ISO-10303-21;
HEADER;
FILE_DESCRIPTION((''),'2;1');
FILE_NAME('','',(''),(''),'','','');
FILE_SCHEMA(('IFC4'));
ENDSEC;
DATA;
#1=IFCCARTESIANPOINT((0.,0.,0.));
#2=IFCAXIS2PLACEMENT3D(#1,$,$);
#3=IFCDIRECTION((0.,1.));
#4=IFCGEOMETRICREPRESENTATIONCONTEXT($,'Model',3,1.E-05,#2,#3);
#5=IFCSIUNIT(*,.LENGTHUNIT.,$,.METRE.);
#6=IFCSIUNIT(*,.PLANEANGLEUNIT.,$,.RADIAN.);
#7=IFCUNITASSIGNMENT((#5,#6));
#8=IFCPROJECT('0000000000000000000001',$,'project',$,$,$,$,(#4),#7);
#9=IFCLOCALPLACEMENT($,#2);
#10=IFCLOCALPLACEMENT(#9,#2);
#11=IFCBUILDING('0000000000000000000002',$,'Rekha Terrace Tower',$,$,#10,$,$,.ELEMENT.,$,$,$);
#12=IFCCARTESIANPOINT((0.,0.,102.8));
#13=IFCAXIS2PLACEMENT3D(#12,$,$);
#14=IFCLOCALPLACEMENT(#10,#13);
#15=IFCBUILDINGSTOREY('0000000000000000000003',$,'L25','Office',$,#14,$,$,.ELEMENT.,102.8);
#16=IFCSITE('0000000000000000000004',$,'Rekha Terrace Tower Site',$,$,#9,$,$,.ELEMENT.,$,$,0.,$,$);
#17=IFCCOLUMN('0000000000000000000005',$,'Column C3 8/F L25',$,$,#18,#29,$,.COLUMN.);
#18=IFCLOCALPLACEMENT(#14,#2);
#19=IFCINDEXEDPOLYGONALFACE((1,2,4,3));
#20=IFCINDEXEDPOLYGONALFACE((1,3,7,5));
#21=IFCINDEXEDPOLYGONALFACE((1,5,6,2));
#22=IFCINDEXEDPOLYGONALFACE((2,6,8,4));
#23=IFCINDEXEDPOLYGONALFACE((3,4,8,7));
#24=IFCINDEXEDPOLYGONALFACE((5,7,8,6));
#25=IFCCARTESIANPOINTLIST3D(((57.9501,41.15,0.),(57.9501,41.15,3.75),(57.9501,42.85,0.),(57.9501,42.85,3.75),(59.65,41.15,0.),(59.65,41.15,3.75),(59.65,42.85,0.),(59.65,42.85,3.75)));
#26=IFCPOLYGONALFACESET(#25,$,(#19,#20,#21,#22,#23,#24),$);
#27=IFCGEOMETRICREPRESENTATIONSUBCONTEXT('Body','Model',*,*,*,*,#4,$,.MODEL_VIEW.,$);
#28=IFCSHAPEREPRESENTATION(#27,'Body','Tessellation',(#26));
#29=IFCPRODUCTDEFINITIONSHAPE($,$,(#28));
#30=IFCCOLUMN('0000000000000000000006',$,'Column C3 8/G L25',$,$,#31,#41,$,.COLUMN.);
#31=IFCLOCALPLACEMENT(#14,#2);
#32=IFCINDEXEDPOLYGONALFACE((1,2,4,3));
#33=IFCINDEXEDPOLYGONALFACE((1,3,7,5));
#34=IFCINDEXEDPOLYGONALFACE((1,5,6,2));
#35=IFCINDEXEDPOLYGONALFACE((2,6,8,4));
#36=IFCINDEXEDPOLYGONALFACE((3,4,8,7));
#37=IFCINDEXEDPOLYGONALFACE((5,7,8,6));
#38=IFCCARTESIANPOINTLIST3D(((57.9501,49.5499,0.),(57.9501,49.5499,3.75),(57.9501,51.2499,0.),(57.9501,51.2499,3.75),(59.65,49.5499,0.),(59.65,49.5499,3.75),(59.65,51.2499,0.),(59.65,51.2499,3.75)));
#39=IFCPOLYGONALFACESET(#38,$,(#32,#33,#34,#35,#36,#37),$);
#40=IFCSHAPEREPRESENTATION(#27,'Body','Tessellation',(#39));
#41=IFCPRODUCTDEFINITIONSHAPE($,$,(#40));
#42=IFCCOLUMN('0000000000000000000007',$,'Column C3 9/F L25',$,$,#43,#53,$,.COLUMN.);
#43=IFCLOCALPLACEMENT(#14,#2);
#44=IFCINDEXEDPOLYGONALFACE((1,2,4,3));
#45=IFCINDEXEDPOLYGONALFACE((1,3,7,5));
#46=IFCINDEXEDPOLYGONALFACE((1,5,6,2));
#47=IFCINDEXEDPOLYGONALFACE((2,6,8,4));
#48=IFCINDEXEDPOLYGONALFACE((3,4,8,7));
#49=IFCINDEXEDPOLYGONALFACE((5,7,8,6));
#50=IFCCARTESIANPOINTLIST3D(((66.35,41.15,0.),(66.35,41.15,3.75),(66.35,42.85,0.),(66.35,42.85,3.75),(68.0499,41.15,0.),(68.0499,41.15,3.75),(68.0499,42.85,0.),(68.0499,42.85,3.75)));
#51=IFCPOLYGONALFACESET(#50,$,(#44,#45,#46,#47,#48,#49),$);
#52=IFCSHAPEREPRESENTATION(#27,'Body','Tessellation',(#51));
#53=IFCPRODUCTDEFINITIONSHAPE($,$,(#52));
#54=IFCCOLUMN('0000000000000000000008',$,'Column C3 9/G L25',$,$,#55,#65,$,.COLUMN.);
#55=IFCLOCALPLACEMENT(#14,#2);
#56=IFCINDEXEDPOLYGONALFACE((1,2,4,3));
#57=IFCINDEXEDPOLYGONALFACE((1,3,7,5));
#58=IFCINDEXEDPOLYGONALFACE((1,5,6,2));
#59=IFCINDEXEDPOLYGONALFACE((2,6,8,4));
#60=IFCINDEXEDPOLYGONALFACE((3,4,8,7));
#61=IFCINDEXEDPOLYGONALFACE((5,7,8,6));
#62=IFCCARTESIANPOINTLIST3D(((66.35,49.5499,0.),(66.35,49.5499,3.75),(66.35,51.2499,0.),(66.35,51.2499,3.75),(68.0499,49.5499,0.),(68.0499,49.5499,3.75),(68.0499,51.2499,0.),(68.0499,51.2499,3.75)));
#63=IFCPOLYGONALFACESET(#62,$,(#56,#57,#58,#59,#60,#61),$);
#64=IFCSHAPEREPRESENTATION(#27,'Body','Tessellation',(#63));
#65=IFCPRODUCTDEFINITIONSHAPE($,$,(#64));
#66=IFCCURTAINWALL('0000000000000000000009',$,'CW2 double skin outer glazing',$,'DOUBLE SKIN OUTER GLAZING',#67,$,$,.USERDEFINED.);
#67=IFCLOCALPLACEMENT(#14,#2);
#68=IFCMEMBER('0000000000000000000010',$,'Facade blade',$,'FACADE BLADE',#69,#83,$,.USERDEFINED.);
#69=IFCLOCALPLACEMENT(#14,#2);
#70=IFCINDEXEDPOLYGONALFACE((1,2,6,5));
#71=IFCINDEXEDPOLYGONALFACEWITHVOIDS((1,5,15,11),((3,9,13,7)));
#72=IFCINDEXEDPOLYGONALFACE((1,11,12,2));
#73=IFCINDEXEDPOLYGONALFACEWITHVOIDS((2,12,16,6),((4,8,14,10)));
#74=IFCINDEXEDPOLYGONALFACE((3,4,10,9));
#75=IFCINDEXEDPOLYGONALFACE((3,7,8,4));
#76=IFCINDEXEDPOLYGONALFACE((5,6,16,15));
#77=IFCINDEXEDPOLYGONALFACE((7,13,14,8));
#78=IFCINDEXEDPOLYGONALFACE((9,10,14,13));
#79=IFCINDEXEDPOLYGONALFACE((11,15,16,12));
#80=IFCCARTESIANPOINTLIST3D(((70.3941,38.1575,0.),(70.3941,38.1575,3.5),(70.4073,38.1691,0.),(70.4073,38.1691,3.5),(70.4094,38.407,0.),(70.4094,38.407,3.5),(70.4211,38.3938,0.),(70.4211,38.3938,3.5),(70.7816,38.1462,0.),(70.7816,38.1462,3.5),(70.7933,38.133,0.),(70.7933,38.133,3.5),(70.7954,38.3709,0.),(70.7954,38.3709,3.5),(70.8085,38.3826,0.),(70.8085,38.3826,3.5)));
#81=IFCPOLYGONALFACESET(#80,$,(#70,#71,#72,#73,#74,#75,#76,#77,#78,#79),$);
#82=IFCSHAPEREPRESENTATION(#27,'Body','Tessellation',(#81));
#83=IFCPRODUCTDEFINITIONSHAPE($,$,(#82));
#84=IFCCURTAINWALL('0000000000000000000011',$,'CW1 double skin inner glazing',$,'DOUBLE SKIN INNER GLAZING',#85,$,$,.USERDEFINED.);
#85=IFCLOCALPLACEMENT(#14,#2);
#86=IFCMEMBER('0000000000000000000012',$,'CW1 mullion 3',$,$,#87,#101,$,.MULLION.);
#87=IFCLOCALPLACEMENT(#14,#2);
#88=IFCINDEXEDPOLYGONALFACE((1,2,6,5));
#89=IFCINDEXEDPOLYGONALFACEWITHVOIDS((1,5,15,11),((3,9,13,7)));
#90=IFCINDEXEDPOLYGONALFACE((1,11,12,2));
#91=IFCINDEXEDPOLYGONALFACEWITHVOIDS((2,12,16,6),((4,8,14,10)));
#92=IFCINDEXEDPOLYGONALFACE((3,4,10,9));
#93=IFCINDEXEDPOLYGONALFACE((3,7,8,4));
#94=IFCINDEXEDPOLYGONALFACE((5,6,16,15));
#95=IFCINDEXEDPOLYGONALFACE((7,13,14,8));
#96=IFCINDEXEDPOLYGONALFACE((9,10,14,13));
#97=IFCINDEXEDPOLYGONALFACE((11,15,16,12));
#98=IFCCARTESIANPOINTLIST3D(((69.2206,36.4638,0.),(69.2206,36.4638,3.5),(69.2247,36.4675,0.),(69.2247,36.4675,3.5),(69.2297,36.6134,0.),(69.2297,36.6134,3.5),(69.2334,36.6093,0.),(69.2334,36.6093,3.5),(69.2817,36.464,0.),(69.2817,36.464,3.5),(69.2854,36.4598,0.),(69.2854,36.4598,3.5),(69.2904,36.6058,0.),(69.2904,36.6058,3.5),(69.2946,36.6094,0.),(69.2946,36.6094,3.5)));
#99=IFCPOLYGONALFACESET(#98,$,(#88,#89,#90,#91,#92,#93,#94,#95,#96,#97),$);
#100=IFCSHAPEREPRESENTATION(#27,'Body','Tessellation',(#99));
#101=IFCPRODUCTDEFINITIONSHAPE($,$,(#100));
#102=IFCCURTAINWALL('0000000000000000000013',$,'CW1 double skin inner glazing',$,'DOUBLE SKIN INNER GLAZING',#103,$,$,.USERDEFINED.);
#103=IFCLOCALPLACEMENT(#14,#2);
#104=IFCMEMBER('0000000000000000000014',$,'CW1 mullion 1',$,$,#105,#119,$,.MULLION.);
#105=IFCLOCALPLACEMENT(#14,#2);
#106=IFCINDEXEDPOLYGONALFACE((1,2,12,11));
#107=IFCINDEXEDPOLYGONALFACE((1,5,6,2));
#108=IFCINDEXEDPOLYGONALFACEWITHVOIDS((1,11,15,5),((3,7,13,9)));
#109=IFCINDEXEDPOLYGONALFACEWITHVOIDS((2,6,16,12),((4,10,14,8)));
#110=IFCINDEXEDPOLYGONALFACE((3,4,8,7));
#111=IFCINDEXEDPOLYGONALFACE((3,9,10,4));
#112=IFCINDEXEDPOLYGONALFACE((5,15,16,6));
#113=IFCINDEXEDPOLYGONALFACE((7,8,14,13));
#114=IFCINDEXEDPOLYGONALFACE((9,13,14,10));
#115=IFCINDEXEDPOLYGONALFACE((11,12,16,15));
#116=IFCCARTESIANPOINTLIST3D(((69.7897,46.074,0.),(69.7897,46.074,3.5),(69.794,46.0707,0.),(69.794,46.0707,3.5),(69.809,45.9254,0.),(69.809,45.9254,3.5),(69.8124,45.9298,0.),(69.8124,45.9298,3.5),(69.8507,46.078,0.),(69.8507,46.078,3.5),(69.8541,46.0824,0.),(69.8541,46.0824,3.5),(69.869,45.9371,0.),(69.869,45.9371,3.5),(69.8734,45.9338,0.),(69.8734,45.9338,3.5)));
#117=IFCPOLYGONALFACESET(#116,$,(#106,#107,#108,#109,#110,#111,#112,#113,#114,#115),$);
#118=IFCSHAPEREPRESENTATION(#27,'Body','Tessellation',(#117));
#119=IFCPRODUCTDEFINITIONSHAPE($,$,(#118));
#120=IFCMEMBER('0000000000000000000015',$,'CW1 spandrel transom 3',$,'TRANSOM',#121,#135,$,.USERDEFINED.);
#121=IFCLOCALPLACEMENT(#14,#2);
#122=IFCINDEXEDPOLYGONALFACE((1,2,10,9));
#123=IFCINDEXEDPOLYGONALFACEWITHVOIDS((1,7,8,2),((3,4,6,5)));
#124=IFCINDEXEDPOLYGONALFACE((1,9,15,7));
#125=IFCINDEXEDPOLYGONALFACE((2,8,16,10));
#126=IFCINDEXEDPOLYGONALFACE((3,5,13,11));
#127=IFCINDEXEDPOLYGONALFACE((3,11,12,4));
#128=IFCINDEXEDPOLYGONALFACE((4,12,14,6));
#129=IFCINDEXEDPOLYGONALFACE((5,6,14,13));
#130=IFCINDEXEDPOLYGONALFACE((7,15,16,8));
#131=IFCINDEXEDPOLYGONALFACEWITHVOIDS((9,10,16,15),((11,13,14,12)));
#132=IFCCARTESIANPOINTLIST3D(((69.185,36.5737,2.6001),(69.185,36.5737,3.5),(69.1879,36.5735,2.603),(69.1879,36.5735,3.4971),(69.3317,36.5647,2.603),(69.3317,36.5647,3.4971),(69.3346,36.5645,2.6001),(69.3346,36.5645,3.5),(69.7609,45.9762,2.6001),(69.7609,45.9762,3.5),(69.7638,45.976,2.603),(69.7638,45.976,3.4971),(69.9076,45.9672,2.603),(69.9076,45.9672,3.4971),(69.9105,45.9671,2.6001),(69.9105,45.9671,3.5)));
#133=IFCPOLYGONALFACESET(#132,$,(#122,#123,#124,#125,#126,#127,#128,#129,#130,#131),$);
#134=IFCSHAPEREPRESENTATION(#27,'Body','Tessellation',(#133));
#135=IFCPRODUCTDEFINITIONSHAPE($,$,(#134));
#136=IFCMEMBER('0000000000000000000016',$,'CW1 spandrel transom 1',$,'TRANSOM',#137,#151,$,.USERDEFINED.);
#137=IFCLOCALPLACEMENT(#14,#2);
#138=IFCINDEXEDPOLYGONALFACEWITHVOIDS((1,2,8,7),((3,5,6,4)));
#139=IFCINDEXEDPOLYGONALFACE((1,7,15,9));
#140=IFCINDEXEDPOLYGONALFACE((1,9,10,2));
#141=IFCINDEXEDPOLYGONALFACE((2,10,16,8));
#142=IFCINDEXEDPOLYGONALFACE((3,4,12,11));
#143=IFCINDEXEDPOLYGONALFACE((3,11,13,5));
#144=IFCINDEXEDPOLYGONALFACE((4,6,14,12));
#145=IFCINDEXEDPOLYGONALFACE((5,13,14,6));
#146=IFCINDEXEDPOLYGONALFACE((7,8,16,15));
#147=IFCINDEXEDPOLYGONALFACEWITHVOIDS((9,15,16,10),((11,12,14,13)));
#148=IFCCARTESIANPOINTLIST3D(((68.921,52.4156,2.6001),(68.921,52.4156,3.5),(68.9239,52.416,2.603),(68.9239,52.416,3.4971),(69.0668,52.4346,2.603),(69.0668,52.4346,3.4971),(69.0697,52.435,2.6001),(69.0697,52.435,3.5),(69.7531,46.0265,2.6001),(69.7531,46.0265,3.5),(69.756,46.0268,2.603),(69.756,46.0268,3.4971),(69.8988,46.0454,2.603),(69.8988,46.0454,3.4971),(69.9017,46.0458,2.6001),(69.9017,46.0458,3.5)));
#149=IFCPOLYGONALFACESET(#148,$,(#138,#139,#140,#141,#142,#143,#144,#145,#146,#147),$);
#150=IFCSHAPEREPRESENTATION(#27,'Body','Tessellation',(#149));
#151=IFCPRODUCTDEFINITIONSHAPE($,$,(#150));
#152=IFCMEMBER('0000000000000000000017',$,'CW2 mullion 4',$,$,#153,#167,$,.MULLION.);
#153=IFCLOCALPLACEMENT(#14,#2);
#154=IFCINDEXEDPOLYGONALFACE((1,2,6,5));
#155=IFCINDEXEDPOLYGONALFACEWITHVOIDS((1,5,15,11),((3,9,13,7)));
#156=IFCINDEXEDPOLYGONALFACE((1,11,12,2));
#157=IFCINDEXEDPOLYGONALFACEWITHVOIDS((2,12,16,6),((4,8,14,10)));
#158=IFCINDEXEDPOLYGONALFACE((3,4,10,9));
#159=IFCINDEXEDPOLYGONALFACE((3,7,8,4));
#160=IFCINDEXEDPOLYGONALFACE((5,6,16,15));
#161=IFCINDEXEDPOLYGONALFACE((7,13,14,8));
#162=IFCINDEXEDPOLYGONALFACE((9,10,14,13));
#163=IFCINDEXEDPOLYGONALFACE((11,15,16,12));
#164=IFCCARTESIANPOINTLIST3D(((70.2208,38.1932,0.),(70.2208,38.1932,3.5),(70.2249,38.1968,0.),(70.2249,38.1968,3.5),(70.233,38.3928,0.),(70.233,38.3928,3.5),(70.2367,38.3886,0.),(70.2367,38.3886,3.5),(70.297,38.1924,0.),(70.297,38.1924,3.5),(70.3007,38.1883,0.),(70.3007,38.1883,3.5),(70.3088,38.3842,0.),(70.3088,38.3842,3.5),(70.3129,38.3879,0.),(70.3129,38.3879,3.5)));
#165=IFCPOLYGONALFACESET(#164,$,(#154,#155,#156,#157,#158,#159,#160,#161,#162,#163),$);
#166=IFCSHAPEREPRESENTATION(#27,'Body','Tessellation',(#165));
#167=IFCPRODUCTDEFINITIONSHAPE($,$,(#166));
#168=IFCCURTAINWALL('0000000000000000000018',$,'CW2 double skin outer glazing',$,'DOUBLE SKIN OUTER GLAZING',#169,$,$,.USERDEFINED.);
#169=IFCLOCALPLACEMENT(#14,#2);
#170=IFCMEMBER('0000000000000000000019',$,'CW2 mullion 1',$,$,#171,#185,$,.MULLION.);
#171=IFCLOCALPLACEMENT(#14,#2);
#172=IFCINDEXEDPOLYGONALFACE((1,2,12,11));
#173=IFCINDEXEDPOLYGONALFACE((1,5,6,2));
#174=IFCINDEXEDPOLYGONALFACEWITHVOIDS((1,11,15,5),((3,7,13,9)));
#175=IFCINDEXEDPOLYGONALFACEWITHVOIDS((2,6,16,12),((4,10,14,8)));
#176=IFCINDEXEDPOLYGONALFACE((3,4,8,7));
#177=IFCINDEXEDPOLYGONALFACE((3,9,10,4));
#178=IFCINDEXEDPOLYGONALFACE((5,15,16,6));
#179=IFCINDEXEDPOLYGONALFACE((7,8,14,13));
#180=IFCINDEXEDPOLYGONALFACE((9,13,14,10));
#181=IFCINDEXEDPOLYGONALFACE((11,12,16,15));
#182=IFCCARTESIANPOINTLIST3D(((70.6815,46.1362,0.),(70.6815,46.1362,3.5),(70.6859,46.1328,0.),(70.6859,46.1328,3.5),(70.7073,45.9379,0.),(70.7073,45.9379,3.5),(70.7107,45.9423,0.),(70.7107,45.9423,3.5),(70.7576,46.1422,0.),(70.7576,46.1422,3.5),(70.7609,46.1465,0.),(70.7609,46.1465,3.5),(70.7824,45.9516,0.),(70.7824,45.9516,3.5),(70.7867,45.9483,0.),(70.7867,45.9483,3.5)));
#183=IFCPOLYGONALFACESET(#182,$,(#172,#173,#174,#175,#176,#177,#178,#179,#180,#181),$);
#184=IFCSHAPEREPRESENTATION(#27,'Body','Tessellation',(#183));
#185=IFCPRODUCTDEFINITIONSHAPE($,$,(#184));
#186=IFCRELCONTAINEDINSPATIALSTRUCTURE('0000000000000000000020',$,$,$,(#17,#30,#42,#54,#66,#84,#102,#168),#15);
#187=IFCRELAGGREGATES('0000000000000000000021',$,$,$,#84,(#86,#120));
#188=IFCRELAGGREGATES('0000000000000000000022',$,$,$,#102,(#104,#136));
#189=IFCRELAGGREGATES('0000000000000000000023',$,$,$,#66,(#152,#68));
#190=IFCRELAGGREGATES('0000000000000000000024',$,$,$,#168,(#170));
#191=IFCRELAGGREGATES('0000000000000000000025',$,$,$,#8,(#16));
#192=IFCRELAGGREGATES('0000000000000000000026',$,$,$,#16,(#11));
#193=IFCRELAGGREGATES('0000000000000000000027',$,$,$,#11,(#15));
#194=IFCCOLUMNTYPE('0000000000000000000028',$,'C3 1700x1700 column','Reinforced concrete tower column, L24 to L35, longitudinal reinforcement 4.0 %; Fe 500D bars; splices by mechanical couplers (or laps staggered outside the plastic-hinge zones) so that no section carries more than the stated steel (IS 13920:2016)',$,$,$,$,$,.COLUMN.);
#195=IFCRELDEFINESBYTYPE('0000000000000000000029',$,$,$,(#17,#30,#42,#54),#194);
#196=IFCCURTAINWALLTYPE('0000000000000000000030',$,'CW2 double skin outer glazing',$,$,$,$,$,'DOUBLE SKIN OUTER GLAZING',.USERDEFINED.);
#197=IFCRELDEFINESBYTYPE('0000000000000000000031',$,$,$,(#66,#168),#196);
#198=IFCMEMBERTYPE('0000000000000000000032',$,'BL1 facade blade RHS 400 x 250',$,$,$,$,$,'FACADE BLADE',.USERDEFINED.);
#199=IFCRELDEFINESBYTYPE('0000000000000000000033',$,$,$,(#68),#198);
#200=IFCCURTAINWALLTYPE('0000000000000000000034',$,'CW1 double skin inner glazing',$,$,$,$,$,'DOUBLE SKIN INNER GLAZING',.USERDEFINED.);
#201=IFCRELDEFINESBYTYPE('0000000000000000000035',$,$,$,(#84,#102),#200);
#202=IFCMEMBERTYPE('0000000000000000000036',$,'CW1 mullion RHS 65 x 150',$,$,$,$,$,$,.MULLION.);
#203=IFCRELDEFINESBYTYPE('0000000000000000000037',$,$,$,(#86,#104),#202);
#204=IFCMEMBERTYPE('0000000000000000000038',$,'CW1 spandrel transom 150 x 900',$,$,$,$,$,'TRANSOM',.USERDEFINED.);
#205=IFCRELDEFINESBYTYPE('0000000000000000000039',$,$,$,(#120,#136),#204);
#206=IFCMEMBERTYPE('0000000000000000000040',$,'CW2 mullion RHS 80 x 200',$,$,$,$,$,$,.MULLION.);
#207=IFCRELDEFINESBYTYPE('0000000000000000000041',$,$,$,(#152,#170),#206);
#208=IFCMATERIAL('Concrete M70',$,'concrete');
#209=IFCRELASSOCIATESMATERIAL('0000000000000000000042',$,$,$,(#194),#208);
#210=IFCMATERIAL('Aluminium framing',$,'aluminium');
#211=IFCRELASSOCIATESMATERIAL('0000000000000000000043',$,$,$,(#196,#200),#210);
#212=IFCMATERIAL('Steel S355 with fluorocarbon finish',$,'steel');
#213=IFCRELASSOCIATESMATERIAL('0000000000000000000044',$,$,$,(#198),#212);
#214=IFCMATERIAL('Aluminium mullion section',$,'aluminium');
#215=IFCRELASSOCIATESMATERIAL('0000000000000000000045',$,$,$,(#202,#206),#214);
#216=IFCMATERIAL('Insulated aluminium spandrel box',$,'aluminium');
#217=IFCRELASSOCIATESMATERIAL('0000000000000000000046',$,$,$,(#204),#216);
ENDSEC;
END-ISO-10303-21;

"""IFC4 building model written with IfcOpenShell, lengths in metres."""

from ifc_helpers import new_model, si_unit, direction, frame, origin, origin_2d, place, context, subcontext, project, spatial, rectangle, hollow_rectangle, extrude, material, material_profile, profile_set, type_object, element, aggregate, save


model = new_model("IFC4")

# Units and contexts
model_context = context("Model", 3, precision=1e-05, world=origin(), true_north=direction((0.0, 1.0)))
body_context = subcontext(model_context, "Body", "Model", "MODEL_VIEW")
ifc_project = project(units=[si_unit("LENGTHUNIT", "METRE"), si_unit("PLANEANGLEUNIT", "RADIAN")], contexts=[model_context])

# Site, building, storey
site_placement = place(None, origin())
site = spatial("IfcSite", under=ifc_project, at=site_placement, Name="Rekha Terrace Tower Site", CompositionType="ELEMENT", RefElevation=0.0)
building_placement = place(site_placement, origin())
building = spatial("IfcBuilding", under=site, at=building_placement, Name="Rekha Terrace Tower", CompositionType="ELEMENT")
storey_placement = place(building_placement, frame((0.0, 0.0, 102.8)))
storey = spatial("IfcBuildingStorey", under=building, at=storey_placement, Name="L25", Description="Office", CompositionType="ELEMENT", Elevation=102.8)

# Columns
ifc_material_1 = material(Name="Concrete M70", Category="concrete")
ifc_material_profile_1 = material_profile(ifc_material_1, rectangle(XDim=1.7, YDim=1.7, at=origin_2d()), Name="RC 1700x1700")
ifc_profile_set_1 = profile_set([ifc_material_profile_1], Name="Concrete M70")
column_type = type_object("IfcColumnType", Name="C3 1700x1700 column", Description="Reinforced concrete tower column, L24 to L35, longitudinal reinforcement 4.0 %; Fe 500D bars; splices by mechanical couplers (or laps staggered outside the plastic-hinge zones) so that no section carries more than the stated steel (IS 13920:2016)", PredefinedType="COLUMN", material=ifc_profile_set_1)
for number, where, z_axis, x_axis, name in (
    (1, (58.8, 42.0, 0.0), (0.0, 0.0, 1.0), (1.0, 0.0, 0.0), "Column C3 8/F L25"),
    (2, (58.8, 50.3999, 0.0), (0.0, 0.0, 1.0), (1.0, 0.0, 0.0), "Column C3 8/G L25"),
    (3, (67.2, 42.0, 0.0), (0.0, 0.0, 1.0), (1.0, 0.0, 0.0), "Column C3 9/F L25"),
    (4, (67.2, 50.3999, 0.0), (0.0, 0.0, 1.0), (1.0, 0.0, 0.0), "Column C3 9/G L25"),
):
    element("IfcColumn", number, at=place(storey_placement, frame(where, z_axis=z_axis, x_axis=x_axis)), inside=storey, type_object=column_type, Name=name, PredefinedType="COLUMN", context=body_context, shape_type="SweptSolid", body=[
        extrude(rectangle(XDim=1.7, YDim=1.7, at=origin_2d()), origin(), (0.0, 0.0, 1.0), 3.75),
    ])

# Curtain walls, members
ifc_material_2 = material(Name="Aluminium framing", Category="aluminium")
curtain_wall_type_1 = type_object("IfcCurtainWallType", Name="CW2 double skin outer glazing", ElementType="DOUBLE SKIN OUTER GLAZING", PredefinedType="USERDEFINED", material=ifc_material_2)
curtain_wall_1_placement = place(storey_placement, origin())
curtain_wall_1 = element("IfcCurtainWall", 5, at=curtain_wall_1_placement, inside=storey, type_object=curtain_wall_type_1, Name="CW2 double skin outer glazing", ObjectType="DOUBLE SKIN OUTER GLAZING", PredefinedType="USERDEFINED")
ifc_material_3 = material(Name="Steel S355 with fluorocarbon finish", Category="steel")
ifc_material_profile_2 = material_profile(ifc_material_3, hollow_rectangle(XDim=0.25, YDim=0.3999, WallThickness=0.0125, at=origin_2d()), Name="RHS400x250x12.5")
ifc_profile_set_2 = profile_set([ifc_material_profile_2], Name="Steel S355 with fluorocarbon finish")
member_type_1 = type_object("IfcMemberType", Name="BL1 facade blade RHS 400 x 250", ElementType="FACADE BLADE", PredefinedType="USERDEFINED", material=ifc_profile_set_2)
member_1_placement = place(storey_placement, frame((70.6013, 38.27, 0.0), z_axis=(0.0, 0.0, 1.0), x_axis=(0.06116, 0.998128, 0.0)))
member_1 = element("IfcMember", 6, at=member_1_placement, type_object=member_type_1, Name="Facade blade", ObjectType="FACADE BLADE", PredefinedType="USERDEFINED", context=body_context, shape_type="SweptSolid", body=[
    extrude(hollow_rectangle(XDim=0.25, YDim=0.3999, WallThickness=0.0125, at=origin_2d()), origin(), (0.0, 0.0, 1.0), 3.5),
])
curtain_wall_type_2 = type_object("IfcCurtainWallType", Name="CW1 double skin inner glazing", ElementType="DOUBLE SKIN INNER GLAZING", PredefinedType="USERDEFINED", material=ifc_material_2)
curtain_wall_2_placement = place(storey_placement, origin())
curtain_wall_2 = element("IfcCurtainWall", 7, at=curtain_wall_2_placement, inside=storey, type_object=curtain_wall_type_2, Name="CW1 double skin inner glazing", ObjectType="DOUBLE SKIN INNER GLAZING", PredefinedType="USERDEFINED")
ifc_material_4 = material(Name="Aluminium mullion section", Category="aluminium")
ifc_material_profile_3 = material_profile(ifc_material_4, hollow_rectangle(XDim=0.0649, YDim=0.1499, WallThickness=0.0039, at=origin_2d()), Name="AL RHS 65x150")
ifc_profile_set_3 = profile_set([ifc_material_profile_3], Name="Aluminium mullion section")
member_type_2 = type_object("IfcMemberType", Name="CW1 mullion RHS 65 x 150", PredefinedType="MULLION", material=ifc_profile_set_3)
member_2_placement = place(storey_placement, frame((69.2576, 36.5366, 0.0), z_axis=(0.0, 0.0, 1.0), x_axis=(-0.998128, 0.06116, 0.0)))
member_2 = element("IfcMember", 8, at=member_2_placement, type_object=member_type_2, Name="CW1 mullion 3", PredefinedType="MULLION", context=body_context, shape_type="SweptSolid", body=[
    extrude(hollow_rectangle(XDim=0.0649, YDim=0.1499, WallThickness=0.0039, at=origin_2d()), origin(), (0.0, 0.0, 1.0), 3.5),
])
curtain_wall_3_placement = place(storey_placement, origin())
curtain_wall_3 = element("IfcCurtainWall", 9, at=curtain_wall_3_placement, inside=storey, type_object=curtain_wall_type_2, Name="CW1 double skin inner glazing", ObjectType="DOUBLE SKIN INNER GLAZING", PredefinedType="USERDEFINED")
member_3_placement = place(storey_placement, frame((69.8315, 46.0039, 0.0), z_axis=(0.0, 0.0, 1.0), x_axis=(-0.991629, -0.129118, 0.0)))
member_3 = element("IfcMember", 10, at=member_3_placement, type_object=member_type_2, Name="CW1 mullion 1", PredefinedType="MULLION", context=body_context, shape_type="SweptSolid", body=[
    extrude(hollow_rectangle(XDim=0.0649, YDim=0.1499, WallThickness=0.0039, at=origin_2d()), origin(), (0.0, 0.0, 1.0), 3.5),
])

# Members
ifc_material_5 = material(Name="Insulated aluminium spandrel box", Category="aluminium")
ifc_material_profile_4 = material_profile(ifc_material_5, hollow_rectangle(XDim=0.1499, YDim=0.8999, WallThickness=0.0029, at=origin_2d()), Name="AL SPANDREL BOX 150x900")
ifc_profile_set_4 = profile_set([ifc_material_profile_4], Name="Insulated aluminium spandrel box")
member_type_3 = type_object("IfcMemberType", Name="CW1 spandrel transom 150 x 900", ElementType="TRANSOM", PredefinedType="USERDEFINED", material=ifc_profile_set_4)
member_4_placement = place(storey_placement, frame((69.2598, 36.5691, 3.05), z_axis=(0.061137, 0.998129, 0.0), x_axis=(-0.998129, 0.061137, 0.0)))
member_4 = element("IfcMember", 11, at=member_4_placement, type_object=member_type_3, Name="CW1 spandrel transom 3", ObjectType="TRANSOM", PredefinedType="USERDEFINED", context=body_context, shape_type="SweptSolid", body=[
    extrude(hollow_rectangle(XDim=0.1499, YDim=0.8999, WallThickness=0.0029, at=origin_2d()), origin(), (0.0, 0.0, 1.0), 9.4202),
])
member_5_placement = place(storey_placement, frame((69.8274, 46.0361, 3.05), z_axis=(-0.129135, 0.991627, 0.0), x_axis=(-0.991627, -0.129135, 0.0)))
member_5 = element("IfcMember", 12, at=member_5_placement, type_object=member_type_3, Name="CW1 spandrel transom 1", ObjectType="TRANSOM", PredefinedType="USERDEFINED", context=body_context, shape_type="SweptSolid", body=[
    extrude(hollow_rectangle(XDim=0.1499, YDim=0.8999, WallThickness=0.0029, at=origin_2d()), origin(), (0.0, 0.0, 1.0), 6.4431),
])
ifc_material_profile_5 = material_profile(ifc_material_4, hollow_rectangle(XDim=0.0801, YDim=0.2, WallThickness=0.0039, at=origin_2d()), Name="AL RHS 80x200")
ifc_profile_set_5 = profile_set([ifc_material_profile_5], Name="Aluminium mullion section")
member_type_4 = type_object("IfcMemberType", Name="CW2 mullion RHS 80 x 200", PredefinedType="MULLION", material=ifc_profile_set_5)
member_6_placement = place(storey_placement, frame((70.2668, 38.2905, 0.0), z_axis=(0.0, 0.0, 1.0), x_axis=(-0.998128, 0.06116, 0.0)))
member_6 = element("IfcMember", 13, at=member_6_placement, type_object=member_type_4, Name="CW2 mullion 4", PredefinedType="MULLION", context=body_context, shape_type="SweptSolid", body=[
    extrude(hollow_rectangle(XDim=0.0801, YDim=0.2, WallThickness=0.0039, at=origin_2d()), origin(), (0.0, 0.0, 1.0), 3.5),
])

# Curtain wall, member
curtain_wall_4_placement = place(storey_placement, origin())
curtain_wall_4 = element("IfcCurtainWall", 14, at=curtain_wall_4_placement, inside=storey, type_object=curtain_wall_type_1, Name="CW2 double skin outer glazing", ObjectType="DOUBLE SKIN OUTER GLAZING", PredefinedType="USERDEFINED")
member_7_placement = place(storey_placement, frame((70.7341, 46.0422, 0.0), z_axis=(0.0, 0.0, 1.0), x_axis=(-0.991629, -0.129118, 0.0)))
member_7 = element("IfcMember", 15, at=member_7_placement, type_object=member_type_4, Name="CW2 mullion 1", PredefinedType="MULLION", context=body_context, shape_type="SweptSolid", body=[
    extrude(hollow_rectangle(XDim=0.0801, YDim=0.2, WallThickness=0.0039, at=origin_2d()), origin(), (0.0, 0.0, 1.0), 3.5),
])

aggregate(curtain_wall_2, [member_2, member_4])
aggregate(curtain_wall_3, [member_3, member_5])
aggregate(curtain_wall_1, [member_6, member_1])
aggregate(curtain_wall_4, [member_7])

save(model, "model.ifc")
